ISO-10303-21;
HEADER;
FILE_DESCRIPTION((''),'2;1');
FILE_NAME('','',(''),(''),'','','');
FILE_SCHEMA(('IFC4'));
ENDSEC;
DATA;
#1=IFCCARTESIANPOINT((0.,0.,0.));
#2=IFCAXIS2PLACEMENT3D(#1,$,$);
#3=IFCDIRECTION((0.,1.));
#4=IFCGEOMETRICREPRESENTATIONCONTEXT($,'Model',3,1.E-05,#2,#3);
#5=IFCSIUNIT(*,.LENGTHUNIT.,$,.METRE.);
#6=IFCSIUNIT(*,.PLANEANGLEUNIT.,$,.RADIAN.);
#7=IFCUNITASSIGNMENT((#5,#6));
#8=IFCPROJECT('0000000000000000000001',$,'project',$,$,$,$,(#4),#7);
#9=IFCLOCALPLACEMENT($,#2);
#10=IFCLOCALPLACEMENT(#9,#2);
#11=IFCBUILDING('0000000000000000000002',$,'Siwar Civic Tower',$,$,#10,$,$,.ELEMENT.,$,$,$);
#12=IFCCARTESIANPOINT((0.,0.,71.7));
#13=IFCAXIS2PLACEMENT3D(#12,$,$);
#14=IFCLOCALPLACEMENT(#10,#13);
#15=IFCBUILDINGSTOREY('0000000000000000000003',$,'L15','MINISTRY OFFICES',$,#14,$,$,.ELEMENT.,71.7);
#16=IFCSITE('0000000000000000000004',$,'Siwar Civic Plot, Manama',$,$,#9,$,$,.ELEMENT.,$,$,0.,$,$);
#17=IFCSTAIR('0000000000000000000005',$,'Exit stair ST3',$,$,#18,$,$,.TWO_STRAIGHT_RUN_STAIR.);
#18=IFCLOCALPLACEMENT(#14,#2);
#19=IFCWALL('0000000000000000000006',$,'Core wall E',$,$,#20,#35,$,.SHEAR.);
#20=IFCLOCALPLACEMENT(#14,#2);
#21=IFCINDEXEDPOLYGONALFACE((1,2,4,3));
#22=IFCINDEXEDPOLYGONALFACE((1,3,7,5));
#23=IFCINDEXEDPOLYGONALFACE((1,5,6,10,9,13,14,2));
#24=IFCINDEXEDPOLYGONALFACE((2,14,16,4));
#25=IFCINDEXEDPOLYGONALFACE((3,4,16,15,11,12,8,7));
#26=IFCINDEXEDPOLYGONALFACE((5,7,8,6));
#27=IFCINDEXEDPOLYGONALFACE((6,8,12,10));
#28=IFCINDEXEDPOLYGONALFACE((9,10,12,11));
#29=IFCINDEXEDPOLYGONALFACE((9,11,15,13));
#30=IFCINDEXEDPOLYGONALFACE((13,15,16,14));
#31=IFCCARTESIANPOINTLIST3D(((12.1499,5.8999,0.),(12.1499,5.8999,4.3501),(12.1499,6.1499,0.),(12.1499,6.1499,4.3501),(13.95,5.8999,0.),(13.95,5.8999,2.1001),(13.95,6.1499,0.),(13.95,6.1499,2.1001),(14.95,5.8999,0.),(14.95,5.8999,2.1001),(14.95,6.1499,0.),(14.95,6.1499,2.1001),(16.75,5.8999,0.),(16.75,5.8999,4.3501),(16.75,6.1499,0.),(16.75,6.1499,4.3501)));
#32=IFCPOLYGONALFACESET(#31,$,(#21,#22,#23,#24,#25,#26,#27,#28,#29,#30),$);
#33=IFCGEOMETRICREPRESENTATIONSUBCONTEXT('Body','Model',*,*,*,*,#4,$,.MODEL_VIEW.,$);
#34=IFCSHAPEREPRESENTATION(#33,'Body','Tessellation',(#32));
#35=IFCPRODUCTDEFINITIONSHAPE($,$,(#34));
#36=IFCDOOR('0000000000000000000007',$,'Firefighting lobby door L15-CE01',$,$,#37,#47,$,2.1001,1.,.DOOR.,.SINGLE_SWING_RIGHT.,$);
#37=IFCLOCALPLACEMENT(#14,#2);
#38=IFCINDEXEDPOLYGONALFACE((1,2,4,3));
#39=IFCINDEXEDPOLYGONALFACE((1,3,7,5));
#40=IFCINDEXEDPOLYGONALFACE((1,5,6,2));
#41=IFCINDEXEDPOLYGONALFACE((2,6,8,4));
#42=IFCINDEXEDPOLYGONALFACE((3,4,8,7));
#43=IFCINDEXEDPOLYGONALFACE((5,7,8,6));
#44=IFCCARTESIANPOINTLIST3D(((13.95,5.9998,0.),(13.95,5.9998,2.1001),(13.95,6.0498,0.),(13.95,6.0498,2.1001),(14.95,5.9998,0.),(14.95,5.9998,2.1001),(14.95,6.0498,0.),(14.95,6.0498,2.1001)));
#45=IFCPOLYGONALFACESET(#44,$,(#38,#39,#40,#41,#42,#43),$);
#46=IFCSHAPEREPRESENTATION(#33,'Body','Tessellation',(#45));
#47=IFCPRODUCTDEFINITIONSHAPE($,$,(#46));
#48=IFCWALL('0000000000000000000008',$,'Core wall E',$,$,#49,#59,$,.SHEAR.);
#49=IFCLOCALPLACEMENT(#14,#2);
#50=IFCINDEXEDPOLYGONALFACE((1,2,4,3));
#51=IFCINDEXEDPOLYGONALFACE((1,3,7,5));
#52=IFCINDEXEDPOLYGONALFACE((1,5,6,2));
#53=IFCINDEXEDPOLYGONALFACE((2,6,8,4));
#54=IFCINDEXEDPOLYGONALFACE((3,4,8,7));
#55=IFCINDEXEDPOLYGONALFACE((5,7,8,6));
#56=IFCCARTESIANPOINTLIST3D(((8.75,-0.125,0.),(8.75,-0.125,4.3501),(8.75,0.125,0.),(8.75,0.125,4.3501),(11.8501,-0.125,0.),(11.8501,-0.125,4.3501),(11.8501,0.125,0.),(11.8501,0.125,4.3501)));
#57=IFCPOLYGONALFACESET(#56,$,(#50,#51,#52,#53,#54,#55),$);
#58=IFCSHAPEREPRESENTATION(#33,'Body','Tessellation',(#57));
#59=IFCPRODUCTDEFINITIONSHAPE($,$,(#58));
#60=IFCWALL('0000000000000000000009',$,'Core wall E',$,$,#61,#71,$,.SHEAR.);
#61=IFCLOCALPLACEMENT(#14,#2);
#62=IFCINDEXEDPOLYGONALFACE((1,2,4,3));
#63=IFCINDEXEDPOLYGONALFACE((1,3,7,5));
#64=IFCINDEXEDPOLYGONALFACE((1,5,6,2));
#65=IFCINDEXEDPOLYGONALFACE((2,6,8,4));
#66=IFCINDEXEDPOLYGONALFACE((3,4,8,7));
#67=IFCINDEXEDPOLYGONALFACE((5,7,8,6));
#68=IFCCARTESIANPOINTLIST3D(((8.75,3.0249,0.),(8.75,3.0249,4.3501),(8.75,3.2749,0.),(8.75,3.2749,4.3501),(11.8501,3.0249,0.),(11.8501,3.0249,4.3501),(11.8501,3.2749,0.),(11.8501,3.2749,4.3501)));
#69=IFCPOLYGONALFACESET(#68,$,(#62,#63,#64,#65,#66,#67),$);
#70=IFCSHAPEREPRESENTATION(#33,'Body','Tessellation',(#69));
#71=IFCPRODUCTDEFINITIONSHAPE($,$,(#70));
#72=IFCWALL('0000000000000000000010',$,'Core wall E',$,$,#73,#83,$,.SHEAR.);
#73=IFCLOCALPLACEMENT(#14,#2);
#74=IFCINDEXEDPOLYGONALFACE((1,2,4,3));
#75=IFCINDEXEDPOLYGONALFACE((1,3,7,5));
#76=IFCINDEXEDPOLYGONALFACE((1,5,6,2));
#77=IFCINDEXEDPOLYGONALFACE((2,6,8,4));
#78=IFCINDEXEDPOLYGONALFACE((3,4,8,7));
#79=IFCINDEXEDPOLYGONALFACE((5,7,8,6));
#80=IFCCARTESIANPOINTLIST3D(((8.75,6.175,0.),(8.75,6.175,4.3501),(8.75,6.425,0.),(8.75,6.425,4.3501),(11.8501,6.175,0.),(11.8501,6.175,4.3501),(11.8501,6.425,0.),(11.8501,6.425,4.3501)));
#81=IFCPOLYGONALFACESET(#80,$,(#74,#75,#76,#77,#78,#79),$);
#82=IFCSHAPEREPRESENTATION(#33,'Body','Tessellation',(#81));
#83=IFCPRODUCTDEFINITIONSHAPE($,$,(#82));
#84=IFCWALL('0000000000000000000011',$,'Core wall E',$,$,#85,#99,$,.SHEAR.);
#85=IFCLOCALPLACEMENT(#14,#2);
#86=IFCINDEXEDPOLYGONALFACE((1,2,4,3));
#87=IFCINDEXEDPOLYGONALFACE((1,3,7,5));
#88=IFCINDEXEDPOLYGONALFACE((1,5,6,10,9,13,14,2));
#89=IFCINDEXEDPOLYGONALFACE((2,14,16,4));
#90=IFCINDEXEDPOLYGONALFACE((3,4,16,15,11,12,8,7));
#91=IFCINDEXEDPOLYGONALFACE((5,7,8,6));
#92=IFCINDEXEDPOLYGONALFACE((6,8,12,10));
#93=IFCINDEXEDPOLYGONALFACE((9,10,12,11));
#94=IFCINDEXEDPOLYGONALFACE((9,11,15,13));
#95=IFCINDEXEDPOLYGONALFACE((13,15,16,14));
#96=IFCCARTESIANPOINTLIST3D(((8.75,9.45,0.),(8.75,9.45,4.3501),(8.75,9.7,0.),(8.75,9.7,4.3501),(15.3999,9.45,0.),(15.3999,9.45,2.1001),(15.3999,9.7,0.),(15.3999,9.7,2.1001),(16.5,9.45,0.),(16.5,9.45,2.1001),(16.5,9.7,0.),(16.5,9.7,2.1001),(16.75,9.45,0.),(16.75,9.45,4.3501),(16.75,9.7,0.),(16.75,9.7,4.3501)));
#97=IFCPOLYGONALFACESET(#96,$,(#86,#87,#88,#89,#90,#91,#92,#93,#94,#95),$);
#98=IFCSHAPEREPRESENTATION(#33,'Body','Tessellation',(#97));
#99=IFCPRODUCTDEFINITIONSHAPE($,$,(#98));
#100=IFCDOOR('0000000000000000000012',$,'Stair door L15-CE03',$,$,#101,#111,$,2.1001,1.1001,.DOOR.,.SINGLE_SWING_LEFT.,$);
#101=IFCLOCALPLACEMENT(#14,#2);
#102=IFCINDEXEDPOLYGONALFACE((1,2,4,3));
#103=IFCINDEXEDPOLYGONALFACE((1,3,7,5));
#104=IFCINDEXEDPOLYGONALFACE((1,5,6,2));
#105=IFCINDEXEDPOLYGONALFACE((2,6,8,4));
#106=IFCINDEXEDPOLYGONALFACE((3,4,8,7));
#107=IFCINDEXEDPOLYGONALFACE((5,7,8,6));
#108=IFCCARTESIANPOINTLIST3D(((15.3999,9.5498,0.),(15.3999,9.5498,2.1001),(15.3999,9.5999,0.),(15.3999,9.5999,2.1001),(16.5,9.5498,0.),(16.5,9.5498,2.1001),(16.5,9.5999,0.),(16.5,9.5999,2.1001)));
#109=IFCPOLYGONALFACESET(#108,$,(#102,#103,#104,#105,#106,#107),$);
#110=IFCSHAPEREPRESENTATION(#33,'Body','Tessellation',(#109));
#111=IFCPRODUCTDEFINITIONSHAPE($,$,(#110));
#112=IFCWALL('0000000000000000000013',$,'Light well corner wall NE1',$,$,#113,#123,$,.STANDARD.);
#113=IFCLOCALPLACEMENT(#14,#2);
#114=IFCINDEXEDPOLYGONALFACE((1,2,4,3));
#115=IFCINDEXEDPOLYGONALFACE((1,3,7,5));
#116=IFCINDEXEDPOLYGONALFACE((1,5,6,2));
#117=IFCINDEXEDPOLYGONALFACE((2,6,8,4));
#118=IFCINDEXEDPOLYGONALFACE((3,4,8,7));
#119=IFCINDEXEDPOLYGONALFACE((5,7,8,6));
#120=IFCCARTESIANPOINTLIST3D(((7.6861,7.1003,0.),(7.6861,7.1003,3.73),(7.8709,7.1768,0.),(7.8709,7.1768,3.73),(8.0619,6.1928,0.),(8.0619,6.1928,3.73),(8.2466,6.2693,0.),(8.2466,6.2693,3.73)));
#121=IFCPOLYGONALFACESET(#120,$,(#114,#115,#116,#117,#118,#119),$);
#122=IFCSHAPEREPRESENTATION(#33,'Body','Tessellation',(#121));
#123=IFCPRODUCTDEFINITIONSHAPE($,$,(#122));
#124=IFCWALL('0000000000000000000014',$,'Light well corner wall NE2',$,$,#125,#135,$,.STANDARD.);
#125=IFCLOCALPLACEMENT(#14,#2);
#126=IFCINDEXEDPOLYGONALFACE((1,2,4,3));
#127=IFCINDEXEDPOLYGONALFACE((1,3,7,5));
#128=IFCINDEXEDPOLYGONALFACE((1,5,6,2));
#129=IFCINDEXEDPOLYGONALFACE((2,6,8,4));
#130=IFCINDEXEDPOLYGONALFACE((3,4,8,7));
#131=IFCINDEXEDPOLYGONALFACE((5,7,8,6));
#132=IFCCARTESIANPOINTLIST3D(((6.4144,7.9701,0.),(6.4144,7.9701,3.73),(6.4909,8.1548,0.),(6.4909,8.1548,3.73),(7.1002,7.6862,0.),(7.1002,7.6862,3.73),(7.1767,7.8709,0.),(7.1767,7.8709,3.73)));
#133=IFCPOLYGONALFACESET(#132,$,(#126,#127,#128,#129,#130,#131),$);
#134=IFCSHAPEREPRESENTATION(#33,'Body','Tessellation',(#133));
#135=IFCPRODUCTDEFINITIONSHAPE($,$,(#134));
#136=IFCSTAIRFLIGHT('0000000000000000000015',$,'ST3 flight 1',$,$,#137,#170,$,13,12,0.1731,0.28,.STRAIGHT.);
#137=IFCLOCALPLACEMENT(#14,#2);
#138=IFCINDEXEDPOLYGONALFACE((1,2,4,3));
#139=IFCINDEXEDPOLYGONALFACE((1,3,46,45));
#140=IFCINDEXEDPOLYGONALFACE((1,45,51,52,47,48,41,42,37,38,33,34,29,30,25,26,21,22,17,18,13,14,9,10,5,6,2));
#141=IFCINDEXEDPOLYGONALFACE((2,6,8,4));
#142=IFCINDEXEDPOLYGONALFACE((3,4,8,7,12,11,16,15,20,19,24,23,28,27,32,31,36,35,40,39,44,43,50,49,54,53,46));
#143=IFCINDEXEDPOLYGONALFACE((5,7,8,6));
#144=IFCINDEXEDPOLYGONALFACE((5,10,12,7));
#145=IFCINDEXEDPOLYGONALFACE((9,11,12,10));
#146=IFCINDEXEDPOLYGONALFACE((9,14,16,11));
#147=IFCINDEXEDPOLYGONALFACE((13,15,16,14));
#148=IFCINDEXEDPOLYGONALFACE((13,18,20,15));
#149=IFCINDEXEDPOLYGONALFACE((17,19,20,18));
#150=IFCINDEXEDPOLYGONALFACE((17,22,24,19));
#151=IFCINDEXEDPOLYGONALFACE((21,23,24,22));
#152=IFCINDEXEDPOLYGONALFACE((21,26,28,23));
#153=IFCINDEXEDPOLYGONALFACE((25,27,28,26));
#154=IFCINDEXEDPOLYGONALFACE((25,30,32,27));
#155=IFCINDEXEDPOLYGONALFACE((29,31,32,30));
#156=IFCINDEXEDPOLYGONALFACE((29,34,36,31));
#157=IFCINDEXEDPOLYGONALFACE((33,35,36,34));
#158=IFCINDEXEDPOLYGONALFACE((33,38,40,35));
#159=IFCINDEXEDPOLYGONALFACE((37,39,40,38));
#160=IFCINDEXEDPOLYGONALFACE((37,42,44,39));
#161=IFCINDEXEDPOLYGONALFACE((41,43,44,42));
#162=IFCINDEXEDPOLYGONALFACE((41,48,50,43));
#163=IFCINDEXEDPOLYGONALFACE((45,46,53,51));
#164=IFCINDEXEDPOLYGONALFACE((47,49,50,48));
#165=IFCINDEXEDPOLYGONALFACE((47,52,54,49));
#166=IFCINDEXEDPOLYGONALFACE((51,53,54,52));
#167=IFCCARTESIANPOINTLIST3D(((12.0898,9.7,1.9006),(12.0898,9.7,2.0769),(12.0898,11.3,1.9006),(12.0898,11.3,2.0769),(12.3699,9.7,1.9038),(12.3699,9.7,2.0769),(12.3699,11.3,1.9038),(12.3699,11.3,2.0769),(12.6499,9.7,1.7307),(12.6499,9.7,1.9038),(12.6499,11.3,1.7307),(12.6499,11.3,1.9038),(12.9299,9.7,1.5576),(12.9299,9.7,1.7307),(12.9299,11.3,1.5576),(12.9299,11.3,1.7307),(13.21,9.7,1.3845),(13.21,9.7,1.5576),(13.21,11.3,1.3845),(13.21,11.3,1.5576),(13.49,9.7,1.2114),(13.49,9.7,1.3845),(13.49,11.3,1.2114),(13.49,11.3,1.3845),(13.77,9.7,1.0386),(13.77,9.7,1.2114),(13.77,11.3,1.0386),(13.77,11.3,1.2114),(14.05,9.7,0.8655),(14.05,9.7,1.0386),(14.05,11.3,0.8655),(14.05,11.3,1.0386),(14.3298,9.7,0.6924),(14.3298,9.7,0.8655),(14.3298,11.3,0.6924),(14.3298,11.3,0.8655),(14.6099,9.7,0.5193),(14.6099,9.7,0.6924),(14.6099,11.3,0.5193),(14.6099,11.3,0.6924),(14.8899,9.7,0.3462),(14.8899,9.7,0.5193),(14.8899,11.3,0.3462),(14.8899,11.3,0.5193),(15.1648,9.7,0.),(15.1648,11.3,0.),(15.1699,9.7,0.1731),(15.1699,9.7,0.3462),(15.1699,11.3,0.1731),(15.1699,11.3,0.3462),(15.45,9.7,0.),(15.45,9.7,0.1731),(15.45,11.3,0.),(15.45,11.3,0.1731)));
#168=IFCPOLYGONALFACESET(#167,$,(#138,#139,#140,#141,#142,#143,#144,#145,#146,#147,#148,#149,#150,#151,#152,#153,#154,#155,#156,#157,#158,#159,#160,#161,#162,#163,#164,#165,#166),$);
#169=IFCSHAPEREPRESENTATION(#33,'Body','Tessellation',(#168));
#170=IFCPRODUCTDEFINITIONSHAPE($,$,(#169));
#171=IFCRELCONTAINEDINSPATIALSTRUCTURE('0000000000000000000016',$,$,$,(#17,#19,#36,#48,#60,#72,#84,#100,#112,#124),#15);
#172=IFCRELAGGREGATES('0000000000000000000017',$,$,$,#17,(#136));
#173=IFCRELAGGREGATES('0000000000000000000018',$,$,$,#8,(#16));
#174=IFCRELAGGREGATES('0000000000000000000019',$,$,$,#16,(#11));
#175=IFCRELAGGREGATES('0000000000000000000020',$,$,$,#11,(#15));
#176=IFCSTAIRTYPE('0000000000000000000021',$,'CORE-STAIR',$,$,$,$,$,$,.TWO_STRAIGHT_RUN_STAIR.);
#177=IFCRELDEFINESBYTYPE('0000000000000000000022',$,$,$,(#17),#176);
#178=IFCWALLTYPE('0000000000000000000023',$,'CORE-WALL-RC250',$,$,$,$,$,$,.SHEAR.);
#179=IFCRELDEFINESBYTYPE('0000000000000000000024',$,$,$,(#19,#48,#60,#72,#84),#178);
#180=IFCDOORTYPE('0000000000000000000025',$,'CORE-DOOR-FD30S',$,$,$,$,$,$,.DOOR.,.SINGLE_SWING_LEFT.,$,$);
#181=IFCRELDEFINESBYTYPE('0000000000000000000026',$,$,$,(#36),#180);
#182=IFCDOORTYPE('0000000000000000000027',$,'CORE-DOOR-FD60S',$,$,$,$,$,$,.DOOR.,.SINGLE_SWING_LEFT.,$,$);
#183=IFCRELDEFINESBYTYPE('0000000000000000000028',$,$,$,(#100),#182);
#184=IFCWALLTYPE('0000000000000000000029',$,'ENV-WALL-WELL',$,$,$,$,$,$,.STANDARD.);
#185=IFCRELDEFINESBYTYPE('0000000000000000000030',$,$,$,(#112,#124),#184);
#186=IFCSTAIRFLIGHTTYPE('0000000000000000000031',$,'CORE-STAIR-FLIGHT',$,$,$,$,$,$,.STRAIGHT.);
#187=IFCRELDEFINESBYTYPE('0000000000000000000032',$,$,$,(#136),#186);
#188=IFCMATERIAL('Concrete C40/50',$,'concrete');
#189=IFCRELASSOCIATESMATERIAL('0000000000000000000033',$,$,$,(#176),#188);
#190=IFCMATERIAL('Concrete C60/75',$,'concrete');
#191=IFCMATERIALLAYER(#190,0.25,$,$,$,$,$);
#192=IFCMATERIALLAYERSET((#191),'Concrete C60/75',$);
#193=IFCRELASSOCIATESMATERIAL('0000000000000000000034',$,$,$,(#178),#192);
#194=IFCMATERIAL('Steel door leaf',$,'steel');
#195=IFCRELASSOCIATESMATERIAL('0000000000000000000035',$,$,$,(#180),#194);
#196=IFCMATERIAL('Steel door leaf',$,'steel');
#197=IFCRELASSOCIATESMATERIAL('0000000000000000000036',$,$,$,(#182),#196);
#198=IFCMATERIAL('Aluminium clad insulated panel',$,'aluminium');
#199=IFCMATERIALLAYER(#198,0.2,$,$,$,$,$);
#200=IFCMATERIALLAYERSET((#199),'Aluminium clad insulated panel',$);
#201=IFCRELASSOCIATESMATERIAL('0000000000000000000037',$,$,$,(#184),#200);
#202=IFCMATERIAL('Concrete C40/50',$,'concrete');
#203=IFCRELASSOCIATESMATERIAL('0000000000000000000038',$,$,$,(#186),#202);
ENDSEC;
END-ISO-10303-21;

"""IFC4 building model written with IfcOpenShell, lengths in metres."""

from ifc_helpers import new_model, si_unit, direction, frame, frame_2d, origin, place, context, subcontext, project, spatial, polyline, rectangle, outline, extrude, material, layer, layer_set, type_object, element, fill, aggregate, save


model = new_model("IFC4")

# Units and contexts
model_context = context("Model", 3, precision=1e-05, world=origin(), true_north=direction((0.0, 1.0)))
body_context = subcontext(model_context, "Body", "Model", "MODEL_VIEW")
ifc_project = project(units=[si_unit("LENGTHUNIT", "METRE"), si_unit("PLANEANGLEUNIT", "RADIAN")], contexts=[model_context])

# Site, building, storey
site_placement = place(None, origin())
site = spatial("IfcSite", under=ifc_project, at=site_placement, Name="Siwar Civic Plot, Manama", CompositionType="ELEMENT", RefElevation=0.0)
building_placement = place(site_placement, origin())
building = spatial("IfcBuilding", under=site, at=building_placement, Name="Siwar Civic Tower", CompositionType="ELEMENT")
storey_placement = place(building_placement, frame((0.0, 0.0, 71.7)))
storey = spatial("IfcBuildingStorey", under=building, at=storey_placement, Name="L15", Description="MINISTRY OFFICES", CompositionType="ELEMENT", Elevation=71.7)

# Stair
ifc_material_1 = material(Name="Concrete C40/50", Category="concrete")
stair_type = type_object("IfcStairType", Name="CORE-STAIR", PredefinedType="TWO_STRAIGHT_RUN_STAIR", material=ifc_material_1)
stair_1_placement = place(storey_placement, origin())
stair_1 = element("IfcStair", 1, at=stair_1_placement, inside=storey, type_object=stair_type, Name="Exit stair ST3", PredefinedType="TWO_STRAIGHT_RUN_STAIR")

# Wall, opening, door
ifc_material_2 = material(Name="Concrete C60/75", Category="concrete")
ifc_layer_1 = layer(ifc_material_2, 0.25)
ifc_layer_set_1 = layer_set([ifc_layer_1], Name="Concrete C60/75")
wall_type_1 = type_object("IfcWallType", Name="CORE-WALL-RC250", PredefinedType="SHEAR", material=ifc_layer_set_1)
wall_1_placement = place(storey_placement, frame((12.1499, 6.0249, 0.0), z_axis=(0.0, 0.0, 1.0), x_axis=(1.0, 0.0, 0.0)))
wall_1 = element("IfcWall", 2, at=wall_1_placement, inside=storey, type_object=wall_type_1, Name="Core wall E", PredefinedType="SHEAR", context=body_context, shape_type="SweptSolid", body=[
    extrude(rectangle(XDim=4.6001, YDim=0.25, at=frame_2d((2.3, 0.0))), origin(), (0.0, 0.0, 1.0), 4.3501),
])
opening_1_placement = place(wall_1_placement, frame((1.8, 0.0, 0.0)))
opening_1 = element("IfcOpeningElement", 3, at=opening_1_placement, cuts=wall_1, PredefinedType="OPENING", context=body_context, shape_type="SweptSolid", body=[
    extrude(rectangle(XDim=1.0, YDim=2.1001, at=frame_2d((0.5, 1.05))), frame((0.0, 0.135, 0.0), z_axis=(0.0, -1.0, 0.0), x_axis=(1.0, 0.0, 0.0)), (0.0, 0.0, 1.0), 0.27),
])
ifc_material_3 = material(Name="Steel door leaf", Category="steel")
door_type_1 = type_object("IfcDoorType", Name="CORE-DOOR-FD30S", OperationType="SINGLE_SWING_LEFT", PredefinedType="DOOR", material=ifc_material_3)
door_1_placement = place(opening_1_placement, origin())
door_1 = element("IfcDoor", 4, at=door_1_placement, inside=storey, type_object=door_type_1, Name="Firefighting lobby door L15-CE01", OperationType="SINGLE_SWING_RIGHT", OverallHeight=2.1001, OverallWidth=1.0, PredefinedType="DOOR", context=body_context, shape_type="SweptSolid", body=[
    extrude(rectangle(XDim=1.0, YDim=2.1001, at=frame_2d((0.5, 1.05))), frame((0.0, 0.0249, 0.0), z_axis=(0.0, -1.0, 0.0), x_axis=(1.0, 0.0, 0.0)), (0.0, 0.0, 1.0), 0.05),
])
fill(opening_1, door_1)

# Walls
for number, where, z_axis, x_axis, name in (
    (5, (8.75, 0.0, 0.0), (0.0, 0.0, 1.0), (1.0, 0.0, 0.0), "Core wall E"),
    (6, (8.75, 3.1499, 0.0), (0.0, 0.0, 1.0), (1.0, 0.0, 0.0), "Core wall E"),
    (7, (8.75, 6.3, 0.0), (0.0, 0.0, 1.0), (1.0, 0.0, 0.0), "Core wall E"),
):
    element("IfcWall", number, at=place(storey_placement, frame(where, z_axis=z_axis, x_axis=x_axis)), inside=storey, type_object=wall_type_1, Name=name, PredefinedType="SHEAR", context=body_context, shape_type="SweptSolid", body=[
        extrude(rectangle(XDim=3.1001, YDim=0.25, at=frame_2d((1.55, 0.0))), origin(), (0.0, 0.0, 1.0), 4.3501),
    ])

# Wall, opening, door
wall_2_placement = place(storey_placement, frame((8.75, 9.575, 0.0), z_axis=(0.0, 0.0, 1.0), x_axis=(1.0, 0.0, 0.0)))
wall_2 = element("IfcWall", 8, at=wall_2_placement, inside=storey, type_object=wall_type_1, Name="Core wall E", PredefinedType="SHEAR", context=body_context, shape_type="SweptSolid", body=[
    extrude(rectangle(XDim=8.0, YDim=0.25, at=frame_2d((4.0, 0.0))), origin(), (0.0, 0.0, 1.0), 4.3501),
])
opening_2_placement = place(wall_2_placement, frame((6.6499, 0.0, 0.0)))
opening_2 = element("IfcOpeningElement", 9, at=opening_2_placement, cuts=wall_2, PredefinedType="OPENING", context=body_context, shape_type="SweptSolid", body=[
    extrude(rectangle(XDim=1.1001, YDim=2.1001, at=frame_2d((0.55, 1.05))), frame((0.0, 0.135, 0.0), z_axis=(0.0, -1.0, 0.0), x_axis=(1.0, 0.0, 0.0)), (0.0, 0.0, 1.0), 0.27),
])
ifc_material_4 = material(Name="Steel door leaf", Category="steel")
door_type_2 = type_object("IfcDoorType", Name="CORE-DOOR-FD60S", OperationType="SINGLE_SWING_LEFT", PredefinedType="DOOR", material=ifc_material_4)
door_2_placement = place(opening_2_placement, origin())
door_2 = element("IfcDoor", 10, at=door_2_placement, inside=storey, type_object=door_type_2, Name="Stair door L15-CE03", OperationType="SINGLE_SWING_LEFT", OverallHeight=2.1001, OverallWidth=1.1001, PredefinedType="DOOR", context=body_context, shape_type="SweptSolid", body=[
    extrude(rectangle(XDim=1.1001, YDim=2.1001, at=frame_2d((0.55, 1.05))), frame((0.0, 0.0249, 0.0), z_axis=(0.0, -1.0, 0.0), x_axis=(1.0, 0.0, 0.0)), (0.0, 0.0, 1.0), 0.05),
])
fill(opening_2, door_2)

# Walls
ifc_material_5 = material(Name="Aluminium clad insulated panel", Category="aluminium")
ifc_layer_2 = layer(ifc_material_5, 0.2)
ifc_layer_set_2 = layer_set([ifc_layer_2], Name="Aluminium clad insulated panel")
wall_type_2 = type_object("IfcWallType", Name="ENV-WALL-WELL", PredefinedType="STANDARD", material=ifc_layer_set_2)
wall_3_placement = place(storey_placement, frame((8.1543, 6.231, 0.0), z_axis=(0.0, 0.0, 1.0), x_axis=(-0.382549, 0.923935, 0.0)))
element("IfcWall", 11, at=wall_3_placement, inside=storey, type_object=wall_type_2, Name="Light well corner wall NE1", PredefinedType="STANDARD", context=body_context, shape_type="SweptSolid", body=[
    extrude(rectangle(XDim=0.9822, YDim=0.2, at=frame_2d((0.4912, 0.0))), origin(), (0.0, 0.0, 1.0), 3.73),
])
wall_4_placement = place(storey_placement, frame((7.1384, 7.7786, 0.0), z_axis=(0.0, 0.0, 1.0), x_axis=(-0.923941, 0.382536, 0.0)))
element("IfcWall", 12, at=wall_4_placement, inside=storey, type_object=wall_type_2, Name="Light well corner wall NE2", PredefinedType="STANDARD", context=body_context, shape_type="SweptSolid", body=[
    extrude(rectangle(XDim=0.7422, YDim=0.2, at=frame_2d((0.3711, 0.0))), origin(), (0.0, 0.0, 1.0), 3.73),
])

# Stair flight
ifc_material_6 = material(Name="Concrete C40/50", Category="concrete")
stair_flight_type = type_object("IfcStairFlightType", Name="CORE-STAIR-FLIGHT", PredefinedType="STRAIGHT", material=ifc_material_6)
stair_flight_1_placement = place(storey_placement, frame((15.45, 10.5, 0.0), z_axis=(0.0, 0.0, 1.0), x_axis=(-1.0, 0.0, 0.0)))
stair_flight_1 = element("IfcStairFlight", 13, at=stair_flight_1_placement, type_object=stair_flight_type, Name="ST3 flight 1", NumberOfRisers=13, NumberOfTreads=12, PredefinedType="STRAIGHT", RiserHeight=0.1731, TreadLength=0.28, context=body_context, shape_type="SweptSolid", body=[
    extrude(outline(polyline([(0.0, 0.0), (0.0, 0.1731), (0.28, 0.1731), (0.28, 0.3462), (0.5601, 0.3462), (0.5601, 0.5193), (0.8401, 0.5193), (0.8401, 0.6924), (1.1201, 0.6924), (1.1201, 0.8655), (1.3999, 0.8655), (1.3999, 1.0386), (1.6799, 1.0386), (1.6799, 1.2114), (1.96, 1.2114), (1.96, 1.3845), (2.24, 1.3845), (2.24, 1.5576), (2.52, 1.5576), (2.52, 1.7307), (2.8, 1.7307), (2.8, 1.9038), (3.0801, 1.9038), (3.0801, 2.0769), (3.3601, 2.0769), (3.3601, 2.25), (3.3601, 1.9006), (0.2852, 0.0), (0.0, 0.0)])), frame((0.0, 0.8, 0.0), z_axis=(0.0, -1.0, 0.0), x_axis=(1.0, 0.0, 0.0)), (0.0, 0.0, 1.0), 1.6001),
])
aggregate(stair_1, [stair_flight_1])

save(model, "model.ifc")
